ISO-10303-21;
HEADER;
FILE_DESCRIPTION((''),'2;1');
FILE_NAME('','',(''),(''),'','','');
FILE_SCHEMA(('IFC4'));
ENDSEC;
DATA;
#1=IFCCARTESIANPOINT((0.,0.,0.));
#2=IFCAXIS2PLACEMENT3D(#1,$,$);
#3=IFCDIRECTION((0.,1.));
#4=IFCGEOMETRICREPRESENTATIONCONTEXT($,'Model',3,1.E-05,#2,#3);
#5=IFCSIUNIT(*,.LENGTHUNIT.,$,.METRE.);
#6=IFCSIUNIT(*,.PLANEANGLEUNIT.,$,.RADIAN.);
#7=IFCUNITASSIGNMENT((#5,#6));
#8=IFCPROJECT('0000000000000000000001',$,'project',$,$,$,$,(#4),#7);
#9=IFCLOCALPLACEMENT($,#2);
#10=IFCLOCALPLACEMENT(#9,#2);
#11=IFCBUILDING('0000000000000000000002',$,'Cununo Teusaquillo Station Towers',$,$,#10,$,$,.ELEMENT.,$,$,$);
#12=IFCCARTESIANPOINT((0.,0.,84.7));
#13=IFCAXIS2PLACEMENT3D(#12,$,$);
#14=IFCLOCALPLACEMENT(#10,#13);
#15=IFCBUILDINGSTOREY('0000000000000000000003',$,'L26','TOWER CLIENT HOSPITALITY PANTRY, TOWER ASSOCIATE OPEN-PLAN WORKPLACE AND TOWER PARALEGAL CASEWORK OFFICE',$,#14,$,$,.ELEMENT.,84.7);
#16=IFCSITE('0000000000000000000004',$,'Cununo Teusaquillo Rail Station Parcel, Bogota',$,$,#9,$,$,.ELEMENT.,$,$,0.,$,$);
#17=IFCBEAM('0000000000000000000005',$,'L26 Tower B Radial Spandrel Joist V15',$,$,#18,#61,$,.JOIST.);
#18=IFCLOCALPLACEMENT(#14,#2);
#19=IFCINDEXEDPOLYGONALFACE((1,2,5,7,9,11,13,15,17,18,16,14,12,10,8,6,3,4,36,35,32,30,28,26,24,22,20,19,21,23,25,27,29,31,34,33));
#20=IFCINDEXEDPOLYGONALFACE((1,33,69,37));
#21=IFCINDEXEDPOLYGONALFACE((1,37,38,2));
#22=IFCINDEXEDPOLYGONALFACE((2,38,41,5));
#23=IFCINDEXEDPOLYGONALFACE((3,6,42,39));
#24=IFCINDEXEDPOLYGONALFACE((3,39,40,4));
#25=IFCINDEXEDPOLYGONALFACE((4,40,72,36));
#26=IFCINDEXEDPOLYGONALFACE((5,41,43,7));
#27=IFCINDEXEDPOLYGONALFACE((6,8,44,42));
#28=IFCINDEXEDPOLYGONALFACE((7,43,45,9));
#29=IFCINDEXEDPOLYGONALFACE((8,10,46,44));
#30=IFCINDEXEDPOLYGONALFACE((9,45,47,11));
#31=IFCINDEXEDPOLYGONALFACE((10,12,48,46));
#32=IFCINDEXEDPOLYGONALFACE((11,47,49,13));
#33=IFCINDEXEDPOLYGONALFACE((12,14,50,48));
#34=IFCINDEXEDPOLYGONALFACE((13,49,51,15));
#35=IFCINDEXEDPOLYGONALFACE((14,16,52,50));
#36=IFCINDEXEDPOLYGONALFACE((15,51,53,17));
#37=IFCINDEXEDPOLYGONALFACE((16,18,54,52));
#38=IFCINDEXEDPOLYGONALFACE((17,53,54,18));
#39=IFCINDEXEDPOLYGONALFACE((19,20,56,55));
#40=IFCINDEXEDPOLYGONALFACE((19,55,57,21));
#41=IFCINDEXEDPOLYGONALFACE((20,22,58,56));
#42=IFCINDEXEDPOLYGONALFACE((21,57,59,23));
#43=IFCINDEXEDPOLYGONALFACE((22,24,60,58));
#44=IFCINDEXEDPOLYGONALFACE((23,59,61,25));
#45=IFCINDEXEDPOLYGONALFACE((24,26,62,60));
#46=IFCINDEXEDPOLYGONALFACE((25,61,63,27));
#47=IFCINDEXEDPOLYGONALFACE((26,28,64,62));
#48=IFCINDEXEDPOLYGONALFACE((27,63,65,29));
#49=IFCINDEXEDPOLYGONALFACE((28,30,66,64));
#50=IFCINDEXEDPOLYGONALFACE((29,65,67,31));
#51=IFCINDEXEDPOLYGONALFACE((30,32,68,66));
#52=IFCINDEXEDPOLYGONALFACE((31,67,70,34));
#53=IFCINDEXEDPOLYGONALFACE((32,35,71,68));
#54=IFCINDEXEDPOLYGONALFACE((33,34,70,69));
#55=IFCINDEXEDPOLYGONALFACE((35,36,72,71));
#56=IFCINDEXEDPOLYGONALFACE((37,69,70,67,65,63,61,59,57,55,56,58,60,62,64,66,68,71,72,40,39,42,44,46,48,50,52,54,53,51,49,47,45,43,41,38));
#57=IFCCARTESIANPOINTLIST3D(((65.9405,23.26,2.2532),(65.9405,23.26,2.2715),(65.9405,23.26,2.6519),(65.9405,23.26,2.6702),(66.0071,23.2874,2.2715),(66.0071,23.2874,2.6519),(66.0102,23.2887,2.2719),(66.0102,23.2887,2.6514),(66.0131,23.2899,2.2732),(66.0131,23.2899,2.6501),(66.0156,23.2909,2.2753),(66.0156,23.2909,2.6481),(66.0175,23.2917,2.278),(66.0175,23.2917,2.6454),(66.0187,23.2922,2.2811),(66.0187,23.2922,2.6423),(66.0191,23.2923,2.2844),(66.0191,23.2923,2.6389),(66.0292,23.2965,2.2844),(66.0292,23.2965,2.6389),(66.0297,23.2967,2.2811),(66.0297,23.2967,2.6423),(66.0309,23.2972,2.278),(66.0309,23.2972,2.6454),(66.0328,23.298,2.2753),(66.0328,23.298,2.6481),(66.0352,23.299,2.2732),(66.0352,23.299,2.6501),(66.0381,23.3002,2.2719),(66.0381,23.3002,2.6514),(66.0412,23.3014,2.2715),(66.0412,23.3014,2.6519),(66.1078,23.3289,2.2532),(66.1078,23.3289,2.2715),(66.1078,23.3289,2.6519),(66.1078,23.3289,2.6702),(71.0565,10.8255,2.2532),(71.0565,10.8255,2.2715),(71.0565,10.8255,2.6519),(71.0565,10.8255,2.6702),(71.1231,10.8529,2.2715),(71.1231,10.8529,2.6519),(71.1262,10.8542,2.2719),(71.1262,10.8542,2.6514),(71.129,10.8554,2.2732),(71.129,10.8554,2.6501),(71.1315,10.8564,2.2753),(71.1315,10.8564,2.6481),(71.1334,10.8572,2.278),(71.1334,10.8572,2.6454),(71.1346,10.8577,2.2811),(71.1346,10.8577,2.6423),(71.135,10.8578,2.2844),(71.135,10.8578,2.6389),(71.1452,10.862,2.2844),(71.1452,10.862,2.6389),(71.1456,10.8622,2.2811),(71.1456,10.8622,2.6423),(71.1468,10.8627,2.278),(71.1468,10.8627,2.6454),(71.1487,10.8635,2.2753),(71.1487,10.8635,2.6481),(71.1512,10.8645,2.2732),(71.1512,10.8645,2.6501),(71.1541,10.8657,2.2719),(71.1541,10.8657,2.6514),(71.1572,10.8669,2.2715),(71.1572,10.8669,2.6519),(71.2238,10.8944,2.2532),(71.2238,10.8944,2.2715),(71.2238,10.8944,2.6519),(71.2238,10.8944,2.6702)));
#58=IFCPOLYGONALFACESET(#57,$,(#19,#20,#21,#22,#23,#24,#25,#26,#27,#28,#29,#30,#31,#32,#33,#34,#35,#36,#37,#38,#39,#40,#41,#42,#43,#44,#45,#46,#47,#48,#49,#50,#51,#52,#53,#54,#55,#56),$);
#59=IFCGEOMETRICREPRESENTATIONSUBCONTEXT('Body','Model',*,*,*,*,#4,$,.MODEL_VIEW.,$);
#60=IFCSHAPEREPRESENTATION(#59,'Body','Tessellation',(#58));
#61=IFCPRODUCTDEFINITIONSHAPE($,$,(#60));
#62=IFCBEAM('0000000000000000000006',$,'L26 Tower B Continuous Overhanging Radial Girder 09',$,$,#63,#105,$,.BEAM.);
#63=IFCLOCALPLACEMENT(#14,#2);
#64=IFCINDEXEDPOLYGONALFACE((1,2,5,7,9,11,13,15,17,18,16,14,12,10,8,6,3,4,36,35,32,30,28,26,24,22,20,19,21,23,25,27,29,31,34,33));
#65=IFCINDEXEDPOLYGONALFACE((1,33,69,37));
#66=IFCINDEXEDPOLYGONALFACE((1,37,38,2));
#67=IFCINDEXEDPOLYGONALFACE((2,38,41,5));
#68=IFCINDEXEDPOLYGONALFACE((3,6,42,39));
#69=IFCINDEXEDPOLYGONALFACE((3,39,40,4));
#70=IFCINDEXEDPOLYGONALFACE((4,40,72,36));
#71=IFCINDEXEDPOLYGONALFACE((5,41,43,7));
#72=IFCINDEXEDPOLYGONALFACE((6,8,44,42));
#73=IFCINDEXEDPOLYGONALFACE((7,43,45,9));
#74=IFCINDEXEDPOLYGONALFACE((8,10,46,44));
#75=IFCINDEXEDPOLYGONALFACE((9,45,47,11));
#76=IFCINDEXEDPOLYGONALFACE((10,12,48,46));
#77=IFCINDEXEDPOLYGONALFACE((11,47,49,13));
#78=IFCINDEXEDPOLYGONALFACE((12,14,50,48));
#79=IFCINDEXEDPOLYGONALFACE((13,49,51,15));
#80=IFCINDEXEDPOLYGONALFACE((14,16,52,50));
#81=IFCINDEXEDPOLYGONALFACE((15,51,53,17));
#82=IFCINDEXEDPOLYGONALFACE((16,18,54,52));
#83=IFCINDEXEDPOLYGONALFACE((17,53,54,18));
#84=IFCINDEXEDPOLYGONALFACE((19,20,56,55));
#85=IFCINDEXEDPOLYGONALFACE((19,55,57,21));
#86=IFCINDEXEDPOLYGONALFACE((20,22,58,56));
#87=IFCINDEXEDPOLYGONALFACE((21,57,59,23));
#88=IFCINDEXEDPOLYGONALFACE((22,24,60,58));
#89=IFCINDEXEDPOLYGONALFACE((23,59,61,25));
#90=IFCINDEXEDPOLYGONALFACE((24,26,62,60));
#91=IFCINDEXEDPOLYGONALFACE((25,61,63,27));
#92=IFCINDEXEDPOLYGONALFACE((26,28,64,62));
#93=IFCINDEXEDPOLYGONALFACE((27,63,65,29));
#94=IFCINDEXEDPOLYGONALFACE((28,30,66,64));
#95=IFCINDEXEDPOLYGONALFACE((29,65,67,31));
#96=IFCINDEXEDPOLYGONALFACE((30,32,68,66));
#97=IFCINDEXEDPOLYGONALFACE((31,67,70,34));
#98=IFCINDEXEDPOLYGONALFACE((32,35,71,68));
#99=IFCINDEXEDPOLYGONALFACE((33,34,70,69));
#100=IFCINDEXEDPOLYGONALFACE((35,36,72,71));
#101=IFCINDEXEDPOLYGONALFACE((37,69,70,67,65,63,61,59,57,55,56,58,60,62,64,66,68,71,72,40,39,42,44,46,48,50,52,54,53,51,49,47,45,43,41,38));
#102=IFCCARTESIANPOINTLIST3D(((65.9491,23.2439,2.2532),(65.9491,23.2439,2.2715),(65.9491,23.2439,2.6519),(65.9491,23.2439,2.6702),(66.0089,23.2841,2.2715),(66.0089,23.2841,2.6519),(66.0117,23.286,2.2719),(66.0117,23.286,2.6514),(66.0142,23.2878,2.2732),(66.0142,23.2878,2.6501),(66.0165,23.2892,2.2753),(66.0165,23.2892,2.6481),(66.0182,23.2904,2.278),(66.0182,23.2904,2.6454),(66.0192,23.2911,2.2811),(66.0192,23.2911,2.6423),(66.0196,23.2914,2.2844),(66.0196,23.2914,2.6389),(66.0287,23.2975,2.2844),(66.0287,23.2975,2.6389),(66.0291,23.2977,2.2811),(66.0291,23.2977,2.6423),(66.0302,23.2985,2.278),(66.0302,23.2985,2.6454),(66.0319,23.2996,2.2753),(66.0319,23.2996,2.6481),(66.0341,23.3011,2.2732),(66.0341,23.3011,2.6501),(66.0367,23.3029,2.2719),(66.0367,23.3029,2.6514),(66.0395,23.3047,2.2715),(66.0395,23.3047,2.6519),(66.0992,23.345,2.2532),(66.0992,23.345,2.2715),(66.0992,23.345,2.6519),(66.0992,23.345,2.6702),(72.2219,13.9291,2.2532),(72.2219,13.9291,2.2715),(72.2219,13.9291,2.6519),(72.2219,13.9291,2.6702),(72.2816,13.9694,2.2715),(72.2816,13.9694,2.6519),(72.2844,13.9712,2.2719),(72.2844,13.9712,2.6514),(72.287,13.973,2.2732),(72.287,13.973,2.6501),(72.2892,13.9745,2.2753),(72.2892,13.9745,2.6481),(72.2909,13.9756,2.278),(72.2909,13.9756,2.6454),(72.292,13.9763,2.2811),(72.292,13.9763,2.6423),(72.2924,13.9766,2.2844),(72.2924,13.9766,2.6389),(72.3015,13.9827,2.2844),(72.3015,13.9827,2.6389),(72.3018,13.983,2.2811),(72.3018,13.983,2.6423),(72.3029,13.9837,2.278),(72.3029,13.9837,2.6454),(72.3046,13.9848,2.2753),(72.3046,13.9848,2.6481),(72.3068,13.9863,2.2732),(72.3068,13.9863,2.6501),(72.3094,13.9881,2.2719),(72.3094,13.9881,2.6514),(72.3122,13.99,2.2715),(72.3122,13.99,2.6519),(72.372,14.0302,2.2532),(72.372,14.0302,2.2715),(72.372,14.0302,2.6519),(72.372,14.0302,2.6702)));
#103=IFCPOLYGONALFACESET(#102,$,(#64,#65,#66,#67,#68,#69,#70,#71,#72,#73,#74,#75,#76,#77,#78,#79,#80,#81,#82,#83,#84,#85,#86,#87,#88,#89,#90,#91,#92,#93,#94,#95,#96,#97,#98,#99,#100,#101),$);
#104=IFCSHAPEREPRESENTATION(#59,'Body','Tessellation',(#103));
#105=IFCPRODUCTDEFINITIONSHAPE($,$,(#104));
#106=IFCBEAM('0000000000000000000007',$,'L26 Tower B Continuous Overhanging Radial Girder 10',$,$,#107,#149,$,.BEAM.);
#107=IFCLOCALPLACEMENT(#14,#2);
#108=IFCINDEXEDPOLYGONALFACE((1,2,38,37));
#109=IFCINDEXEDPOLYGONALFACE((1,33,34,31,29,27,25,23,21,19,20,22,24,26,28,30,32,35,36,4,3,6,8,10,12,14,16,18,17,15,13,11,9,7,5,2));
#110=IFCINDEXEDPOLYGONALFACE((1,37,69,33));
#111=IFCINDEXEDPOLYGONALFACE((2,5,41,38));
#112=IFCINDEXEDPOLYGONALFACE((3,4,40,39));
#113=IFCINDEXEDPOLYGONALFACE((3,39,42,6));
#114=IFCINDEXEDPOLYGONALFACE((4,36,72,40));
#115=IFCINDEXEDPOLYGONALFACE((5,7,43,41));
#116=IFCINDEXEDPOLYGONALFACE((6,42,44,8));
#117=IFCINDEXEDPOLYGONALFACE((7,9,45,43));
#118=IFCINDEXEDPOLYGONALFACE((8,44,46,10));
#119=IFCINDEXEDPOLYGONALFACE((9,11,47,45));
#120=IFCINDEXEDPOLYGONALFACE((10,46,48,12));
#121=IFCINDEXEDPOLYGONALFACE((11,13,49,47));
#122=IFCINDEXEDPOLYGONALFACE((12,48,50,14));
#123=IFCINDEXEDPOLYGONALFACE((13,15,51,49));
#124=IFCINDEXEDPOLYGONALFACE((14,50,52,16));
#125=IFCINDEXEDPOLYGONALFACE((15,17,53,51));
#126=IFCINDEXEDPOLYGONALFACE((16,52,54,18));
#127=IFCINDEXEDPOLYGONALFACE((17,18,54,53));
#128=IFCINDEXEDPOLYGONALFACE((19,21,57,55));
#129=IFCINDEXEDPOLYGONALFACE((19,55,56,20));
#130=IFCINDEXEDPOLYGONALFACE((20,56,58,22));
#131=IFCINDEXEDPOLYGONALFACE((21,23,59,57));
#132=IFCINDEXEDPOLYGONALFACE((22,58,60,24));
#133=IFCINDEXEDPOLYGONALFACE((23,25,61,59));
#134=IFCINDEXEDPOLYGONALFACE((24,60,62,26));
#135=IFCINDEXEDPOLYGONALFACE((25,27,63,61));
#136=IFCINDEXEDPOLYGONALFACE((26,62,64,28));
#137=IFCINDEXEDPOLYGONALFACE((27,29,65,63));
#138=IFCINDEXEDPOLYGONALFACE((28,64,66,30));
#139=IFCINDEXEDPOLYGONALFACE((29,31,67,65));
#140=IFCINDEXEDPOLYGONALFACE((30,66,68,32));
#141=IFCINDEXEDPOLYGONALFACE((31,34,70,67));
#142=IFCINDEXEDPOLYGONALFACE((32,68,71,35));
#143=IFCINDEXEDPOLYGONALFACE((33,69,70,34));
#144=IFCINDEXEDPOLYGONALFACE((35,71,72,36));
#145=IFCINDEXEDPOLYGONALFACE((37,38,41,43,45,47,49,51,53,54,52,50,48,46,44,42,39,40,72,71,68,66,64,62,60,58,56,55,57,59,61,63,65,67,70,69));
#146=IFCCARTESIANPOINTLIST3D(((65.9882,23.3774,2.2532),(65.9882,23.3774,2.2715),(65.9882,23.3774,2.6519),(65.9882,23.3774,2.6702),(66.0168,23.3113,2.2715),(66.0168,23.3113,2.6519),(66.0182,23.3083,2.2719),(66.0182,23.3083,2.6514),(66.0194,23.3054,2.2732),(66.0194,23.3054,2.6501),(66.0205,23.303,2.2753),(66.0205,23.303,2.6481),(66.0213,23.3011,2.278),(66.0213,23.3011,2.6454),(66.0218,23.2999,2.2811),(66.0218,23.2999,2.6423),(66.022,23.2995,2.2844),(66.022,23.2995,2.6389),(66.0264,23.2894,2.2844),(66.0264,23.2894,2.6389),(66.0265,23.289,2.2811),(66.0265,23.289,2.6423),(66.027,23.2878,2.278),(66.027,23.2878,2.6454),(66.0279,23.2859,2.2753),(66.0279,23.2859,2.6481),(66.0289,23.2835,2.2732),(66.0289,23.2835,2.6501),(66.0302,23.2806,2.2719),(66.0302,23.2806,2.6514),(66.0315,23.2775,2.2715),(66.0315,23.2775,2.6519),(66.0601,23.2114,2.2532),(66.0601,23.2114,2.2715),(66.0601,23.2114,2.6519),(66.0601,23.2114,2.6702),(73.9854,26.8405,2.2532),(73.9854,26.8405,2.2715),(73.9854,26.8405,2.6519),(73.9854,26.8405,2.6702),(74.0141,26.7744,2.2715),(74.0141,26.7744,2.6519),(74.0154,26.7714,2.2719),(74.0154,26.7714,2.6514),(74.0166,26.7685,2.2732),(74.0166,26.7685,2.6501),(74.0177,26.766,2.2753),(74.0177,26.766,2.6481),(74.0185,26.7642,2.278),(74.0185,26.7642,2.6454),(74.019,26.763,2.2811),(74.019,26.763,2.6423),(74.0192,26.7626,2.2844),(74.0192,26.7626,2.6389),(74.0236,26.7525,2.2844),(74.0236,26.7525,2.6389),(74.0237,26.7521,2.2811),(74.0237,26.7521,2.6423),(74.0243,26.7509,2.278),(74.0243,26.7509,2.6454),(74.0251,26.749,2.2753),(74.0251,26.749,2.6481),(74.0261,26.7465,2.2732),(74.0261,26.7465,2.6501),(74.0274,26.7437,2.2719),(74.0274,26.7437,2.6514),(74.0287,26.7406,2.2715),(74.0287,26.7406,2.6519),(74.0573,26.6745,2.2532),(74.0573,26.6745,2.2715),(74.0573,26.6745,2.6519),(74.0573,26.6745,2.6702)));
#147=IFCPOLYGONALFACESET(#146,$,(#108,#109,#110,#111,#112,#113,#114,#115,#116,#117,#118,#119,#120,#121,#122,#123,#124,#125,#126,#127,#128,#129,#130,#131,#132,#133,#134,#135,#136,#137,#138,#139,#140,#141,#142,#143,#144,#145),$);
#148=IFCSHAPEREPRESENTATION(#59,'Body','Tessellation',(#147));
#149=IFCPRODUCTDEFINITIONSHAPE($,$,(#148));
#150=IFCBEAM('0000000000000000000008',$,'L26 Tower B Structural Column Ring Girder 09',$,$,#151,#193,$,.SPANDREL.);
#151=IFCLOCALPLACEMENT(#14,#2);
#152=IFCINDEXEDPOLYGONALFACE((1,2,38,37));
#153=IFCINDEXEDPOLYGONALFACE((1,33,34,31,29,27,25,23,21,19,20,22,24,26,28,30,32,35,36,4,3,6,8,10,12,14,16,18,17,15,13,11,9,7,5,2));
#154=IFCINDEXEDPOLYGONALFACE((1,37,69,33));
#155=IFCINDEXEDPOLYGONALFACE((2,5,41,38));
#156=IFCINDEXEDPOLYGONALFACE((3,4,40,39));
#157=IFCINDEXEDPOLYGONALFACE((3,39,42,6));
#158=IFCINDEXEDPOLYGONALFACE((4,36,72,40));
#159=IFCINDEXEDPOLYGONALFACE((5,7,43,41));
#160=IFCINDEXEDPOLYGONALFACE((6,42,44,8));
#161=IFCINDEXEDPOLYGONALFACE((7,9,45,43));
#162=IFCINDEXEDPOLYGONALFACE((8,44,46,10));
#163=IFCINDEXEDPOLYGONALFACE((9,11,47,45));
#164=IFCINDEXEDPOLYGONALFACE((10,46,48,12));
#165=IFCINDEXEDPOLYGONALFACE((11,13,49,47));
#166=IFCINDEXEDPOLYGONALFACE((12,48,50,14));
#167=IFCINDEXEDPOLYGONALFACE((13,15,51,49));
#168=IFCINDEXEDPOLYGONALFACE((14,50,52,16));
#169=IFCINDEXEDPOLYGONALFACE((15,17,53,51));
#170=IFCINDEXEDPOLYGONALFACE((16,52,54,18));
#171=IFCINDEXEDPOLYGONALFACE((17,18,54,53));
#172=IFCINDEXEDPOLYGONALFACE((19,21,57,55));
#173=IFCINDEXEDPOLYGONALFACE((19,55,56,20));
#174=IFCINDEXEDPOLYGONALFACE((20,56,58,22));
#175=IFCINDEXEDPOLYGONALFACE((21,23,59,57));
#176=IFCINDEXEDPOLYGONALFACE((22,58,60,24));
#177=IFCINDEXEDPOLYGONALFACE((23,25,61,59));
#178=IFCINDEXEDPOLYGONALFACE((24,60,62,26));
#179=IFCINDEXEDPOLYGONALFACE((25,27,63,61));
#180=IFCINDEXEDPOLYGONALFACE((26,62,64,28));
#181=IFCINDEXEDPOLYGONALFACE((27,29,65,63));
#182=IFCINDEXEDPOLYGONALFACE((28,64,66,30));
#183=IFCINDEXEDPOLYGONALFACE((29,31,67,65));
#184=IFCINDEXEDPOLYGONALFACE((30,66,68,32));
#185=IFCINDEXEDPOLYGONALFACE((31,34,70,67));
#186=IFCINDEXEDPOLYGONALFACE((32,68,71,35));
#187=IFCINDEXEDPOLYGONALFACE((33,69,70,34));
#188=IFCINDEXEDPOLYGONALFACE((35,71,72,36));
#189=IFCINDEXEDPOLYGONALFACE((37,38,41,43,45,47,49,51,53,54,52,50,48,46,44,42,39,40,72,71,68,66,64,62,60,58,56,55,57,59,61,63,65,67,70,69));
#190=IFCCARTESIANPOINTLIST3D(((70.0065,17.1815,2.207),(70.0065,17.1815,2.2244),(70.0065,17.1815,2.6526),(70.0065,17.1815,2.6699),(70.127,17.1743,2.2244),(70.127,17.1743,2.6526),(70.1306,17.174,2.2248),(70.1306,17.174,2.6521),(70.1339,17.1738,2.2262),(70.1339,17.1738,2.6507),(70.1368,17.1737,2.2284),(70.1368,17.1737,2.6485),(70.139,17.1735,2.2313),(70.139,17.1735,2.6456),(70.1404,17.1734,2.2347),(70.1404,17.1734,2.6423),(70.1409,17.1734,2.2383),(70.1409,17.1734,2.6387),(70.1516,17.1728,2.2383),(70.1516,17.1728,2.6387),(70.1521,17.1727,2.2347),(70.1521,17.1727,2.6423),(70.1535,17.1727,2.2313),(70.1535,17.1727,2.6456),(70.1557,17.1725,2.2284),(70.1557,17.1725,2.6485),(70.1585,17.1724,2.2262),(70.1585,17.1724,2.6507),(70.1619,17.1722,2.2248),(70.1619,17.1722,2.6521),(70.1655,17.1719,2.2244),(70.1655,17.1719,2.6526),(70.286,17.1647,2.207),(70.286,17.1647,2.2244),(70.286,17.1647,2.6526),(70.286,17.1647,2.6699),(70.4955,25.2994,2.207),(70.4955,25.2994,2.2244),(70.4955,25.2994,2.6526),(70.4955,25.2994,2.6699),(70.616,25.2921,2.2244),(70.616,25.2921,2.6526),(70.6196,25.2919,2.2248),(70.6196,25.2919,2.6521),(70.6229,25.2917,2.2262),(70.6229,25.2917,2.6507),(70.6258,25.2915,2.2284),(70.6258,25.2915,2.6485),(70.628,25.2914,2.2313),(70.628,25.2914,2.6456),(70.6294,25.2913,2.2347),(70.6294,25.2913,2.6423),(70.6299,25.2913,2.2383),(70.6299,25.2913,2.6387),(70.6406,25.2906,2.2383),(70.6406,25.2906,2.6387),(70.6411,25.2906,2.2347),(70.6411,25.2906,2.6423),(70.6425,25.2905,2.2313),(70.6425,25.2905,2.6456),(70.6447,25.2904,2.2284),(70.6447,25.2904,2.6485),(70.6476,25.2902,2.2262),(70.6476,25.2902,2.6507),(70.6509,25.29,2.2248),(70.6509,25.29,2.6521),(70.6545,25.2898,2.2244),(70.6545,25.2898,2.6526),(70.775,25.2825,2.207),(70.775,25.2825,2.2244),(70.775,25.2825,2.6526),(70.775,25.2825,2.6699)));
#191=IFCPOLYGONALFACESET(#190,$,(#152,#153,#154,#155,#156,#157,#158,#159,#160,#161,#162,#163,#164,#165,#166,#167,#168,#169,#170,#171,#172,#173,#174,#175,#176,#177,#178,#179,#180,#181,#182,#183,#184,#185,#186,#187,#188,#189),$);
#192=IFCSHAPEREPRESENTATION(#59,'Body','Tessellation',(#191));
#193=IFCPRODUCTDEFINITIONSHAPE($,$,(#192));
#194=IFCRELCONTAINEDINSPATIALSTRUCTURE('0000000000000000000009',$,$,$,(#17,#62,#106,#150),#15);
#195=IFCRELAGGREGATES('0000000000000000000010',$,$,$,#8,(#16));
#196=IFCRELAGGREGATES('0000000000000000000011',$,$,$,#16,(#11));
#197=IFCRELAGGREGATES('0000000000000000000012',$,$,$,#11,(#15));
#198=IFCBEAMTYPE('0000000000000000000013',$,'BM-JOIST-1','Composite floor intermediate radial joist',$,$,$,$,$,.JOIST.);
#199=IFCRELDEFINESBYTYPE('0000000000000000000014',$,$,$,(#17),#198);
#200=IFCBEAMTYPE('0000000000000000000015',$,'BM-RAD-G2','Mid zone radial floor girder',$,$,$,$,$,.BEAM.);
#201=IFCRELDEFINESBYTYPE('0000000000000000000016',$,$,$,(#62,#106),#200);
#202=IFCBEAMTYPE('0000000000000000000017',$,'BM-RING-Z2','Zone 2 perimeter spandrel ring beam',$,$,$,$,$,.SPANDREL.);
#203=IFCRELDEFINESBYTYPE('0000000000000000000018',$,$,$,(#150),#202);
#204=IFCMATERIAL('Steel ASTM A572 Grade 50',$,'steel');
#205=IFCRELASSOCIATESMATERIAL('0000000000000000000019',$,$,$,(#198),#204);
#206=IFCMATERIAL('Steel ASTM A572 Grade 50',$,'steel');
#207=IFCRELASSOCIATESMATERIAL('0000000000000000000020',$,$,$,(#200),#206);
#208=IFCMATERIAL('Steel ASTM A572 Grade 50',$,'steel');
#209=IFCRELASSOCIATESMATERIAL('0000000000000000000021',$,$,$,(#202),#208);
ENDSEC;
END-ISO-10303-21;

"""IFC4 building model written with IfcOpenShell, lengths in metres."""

from ifc_helpers import new_model, si_unit, direction, frame, origin, origin_2d, place, context, subcontext, project, spatial, i_section, extrude, material, material_profile, profile_set, type_object, element, save


model = new_model("IFC4")

# Units and contexts
model_context = context("Model", 3, precision=1e-05, world=origin(), true_north=direction((0.0, 1.0)))
body_context = subcontext(model_context, "Body", "Model", "MODEL_VIEW")
ifc_project = project(units=[si_unit("LENGTHUNIT", "METRE"), si_unit("PLANEANGLEUNIT", "RADIAN")], contexts=[model_context])

# Site, building, storey
site_placement = place(None, origin())
site = spatial("IfcSite", under=ifc_project, at=site_placement, Name="Cununo Teusaquillo Rail Station Parcel, Bogota", CompositionType="ELEMENT", RefElevation=0.0)
building_placement = place(site_placement, origin())
building = spatial("IfcBuilding", under=site, at=building_placement, Name="Cununo Teusaquillo Station Towers", CompositionType="ELEMENT")
storey_placement = place(building_placement, frame((0.0, 0.0, 84.7)))
storey = spatial("IfcBuildingStorey", under=building, at=storey_placement, Name="L26", Description="TOWER CLIENT HOSPITALITY PANTRY, TOWER ASSOCIATE OPEN-PLAN WORKPLACE AND TOWER PARALEGAL CASEWORK OFFICE", CompositionType="ELEMENT", Elevation=84.7)

# Beams
ifc_material_1 = material(Name="Steel ASTM A572 Grade 50", Category="steel")
ifc_material_profile_1 = material_profile(ifc_material_1, i_section(OverallWidth=0.1809, OverallDepth=0.417, WebThickness=0.011, FlangeThickness=0.0183, FilletRadius=0.0129, at=origin_2d()), Name="W16X57")
ifc_profile_set_1 = profile_set([ifc_material_profile_1], Name="Steel ASTM A572 Grade 50")
beam_type_1 = type_object("IfcBeamType", Name="BM-JOIST-1", Description="Composite floor intermediate radial joist", PredefinedType="JOIST", material=ifc_profile_set_1)
beam_1_placement = place(storey_placement, frame((66.0242, 23.2944, 2.4617), z_axis=(0.380486, -0.924787, 0.0), x_axis=(0.924787, 0.380486, 0.0)))
element("IfcBeam", 1, at=beam_1_placement, inside=storey, type_object=beam_type_1, Name="L26 Tower B Radial Spandrel Joist V15", PredefinedType="JOIST", context=body_context, shape_type="SweptSolid", body=[
    extrude(i_section(OverallWidth=0.1809, OverallDepth=0.417, WebThickness=0.011, FlangeThickness=0.0183, FilletRadius=0.0129, at=origin_2d()), origin(), (0.0, 0.0, 1.0), 13.4458),
])
ifc_material_2 = material(Name="Steel ASTM A572 Grade 50", Category="steel")
ifc_material_profile_2 = material_profile(ifc_material_2, i_section(OverallWidth=0.1809, OverallDepth=0.417, WebThickness=0.011, FlangeThickness=0.0183, FilletRadius=0.0129, at=origin_2d()), Name="W16X57")
ifc_profile_set_2 = profile_set([ifc_material_profile_2], Name="Steel ASTM A572 Grade 50")
beam_type_2 = type_object("IfcBeamType", Name="BM-RAD-G2", Description="Mid zone radial floor girder", PredefinedType="BEAM", material=ifc_profile_set_2)
beam_2_placement = place(storey_placement, frame((66.0242, 23.2944, 2.4617), z_axis=(0.558572, -0.829456, 0.0), x_axis=(0.829456, 0.558572, 0.0)))
element("IfcBeam", 2, at=beam_2_placement, inside=storey, type_object=beam_type_2, Name="L26 Tower B Continuous Overhanging Radial Girder 09", PredefinedType="BEAM", context=body_context, shape_type="SweptSolid", body=[
    extrude(i_section(OverallWidth=0.1809, OverallDepth=0.417, WebThickness=0.011, FlangeThickness=0.0183, FilletRadius=0.0129, at=origin_2d()), origin(), (0.0, 0.0, 1.0), 11.23),
])
beam_3_placement = place(storey_placement, frame((66.0242, 23.2944, 2.4617), z_axis=(0.917655, 0.397379, 0.0), x_axis=(-0.397379, 0.917655, 0.0)))
element("IfcBeam", 3, at=beam_3_placement, inside=storey, type_object=beam_type_2, Name="L26 Tower B Continuous Overhanging Radial Girder 10", PredefinedType="BEAM", context=body_context, shape_type="SweptSolid", body=[
    extrude(i_section(OverallWidth=0.1809, OverallDepth=0.417, WebThickness=0.011, FlangeThickness=0.0183, FilletRadius=0.0129, at=origin_2d()), origin(), (0.0, 0.0, 1.0), 8.7148),
])
ifc_material_3 = material(Name="Steel ASTM A572 Grade 50", Category="steel")
ifc_material_profile_3 = material_profile(ifc_material_3, i_section(OverallWidth=0.28, OverallDepth=0.4629, WebThickness=0.0107, FlangeThickness=0.0173, FilletRadius=0.0139, at=origin_2d()), Name="W18X76")
ifc_profile_set_3 = profile_set([ifc_material_profile_3], Name="Steel ASTM A572 Grade 50")
beam_type_3 = type_object("IfcBeamType", Name="BM-RING-Z2", Description="Zone 2 perimeter spandrel ring beam", PredefinedType="SPANDREL", material=ifc_profile_set_3)
beam_4_placement = place(storey_placement, frame((70.1462, 17.1731, 2.4385), z_axis=(0.06013, 0.998191, 0.0), x_axis=(-0.998191, 0.06013, 0.0)))
element("IfcBeam", 4, at=beam_4_placement, inside=storey, type_object=beam_type_3, Name="L26 Tower B Structural Column Ring Girder 09", PredefinedType="SPANDREL", context=body_context, shape_type="SweptSolid", body=[
    extrude(i_section(OverallWidth=0.28, OverallDepth=0.4629, WebThickness=0.0107, FlangeThickness=0.0173, FilletRadius=0.0139, at=origin_2d()), origin(), (0.0, 0.0, 1.0), 8.1326),
])

save(model, "model.ifc")
